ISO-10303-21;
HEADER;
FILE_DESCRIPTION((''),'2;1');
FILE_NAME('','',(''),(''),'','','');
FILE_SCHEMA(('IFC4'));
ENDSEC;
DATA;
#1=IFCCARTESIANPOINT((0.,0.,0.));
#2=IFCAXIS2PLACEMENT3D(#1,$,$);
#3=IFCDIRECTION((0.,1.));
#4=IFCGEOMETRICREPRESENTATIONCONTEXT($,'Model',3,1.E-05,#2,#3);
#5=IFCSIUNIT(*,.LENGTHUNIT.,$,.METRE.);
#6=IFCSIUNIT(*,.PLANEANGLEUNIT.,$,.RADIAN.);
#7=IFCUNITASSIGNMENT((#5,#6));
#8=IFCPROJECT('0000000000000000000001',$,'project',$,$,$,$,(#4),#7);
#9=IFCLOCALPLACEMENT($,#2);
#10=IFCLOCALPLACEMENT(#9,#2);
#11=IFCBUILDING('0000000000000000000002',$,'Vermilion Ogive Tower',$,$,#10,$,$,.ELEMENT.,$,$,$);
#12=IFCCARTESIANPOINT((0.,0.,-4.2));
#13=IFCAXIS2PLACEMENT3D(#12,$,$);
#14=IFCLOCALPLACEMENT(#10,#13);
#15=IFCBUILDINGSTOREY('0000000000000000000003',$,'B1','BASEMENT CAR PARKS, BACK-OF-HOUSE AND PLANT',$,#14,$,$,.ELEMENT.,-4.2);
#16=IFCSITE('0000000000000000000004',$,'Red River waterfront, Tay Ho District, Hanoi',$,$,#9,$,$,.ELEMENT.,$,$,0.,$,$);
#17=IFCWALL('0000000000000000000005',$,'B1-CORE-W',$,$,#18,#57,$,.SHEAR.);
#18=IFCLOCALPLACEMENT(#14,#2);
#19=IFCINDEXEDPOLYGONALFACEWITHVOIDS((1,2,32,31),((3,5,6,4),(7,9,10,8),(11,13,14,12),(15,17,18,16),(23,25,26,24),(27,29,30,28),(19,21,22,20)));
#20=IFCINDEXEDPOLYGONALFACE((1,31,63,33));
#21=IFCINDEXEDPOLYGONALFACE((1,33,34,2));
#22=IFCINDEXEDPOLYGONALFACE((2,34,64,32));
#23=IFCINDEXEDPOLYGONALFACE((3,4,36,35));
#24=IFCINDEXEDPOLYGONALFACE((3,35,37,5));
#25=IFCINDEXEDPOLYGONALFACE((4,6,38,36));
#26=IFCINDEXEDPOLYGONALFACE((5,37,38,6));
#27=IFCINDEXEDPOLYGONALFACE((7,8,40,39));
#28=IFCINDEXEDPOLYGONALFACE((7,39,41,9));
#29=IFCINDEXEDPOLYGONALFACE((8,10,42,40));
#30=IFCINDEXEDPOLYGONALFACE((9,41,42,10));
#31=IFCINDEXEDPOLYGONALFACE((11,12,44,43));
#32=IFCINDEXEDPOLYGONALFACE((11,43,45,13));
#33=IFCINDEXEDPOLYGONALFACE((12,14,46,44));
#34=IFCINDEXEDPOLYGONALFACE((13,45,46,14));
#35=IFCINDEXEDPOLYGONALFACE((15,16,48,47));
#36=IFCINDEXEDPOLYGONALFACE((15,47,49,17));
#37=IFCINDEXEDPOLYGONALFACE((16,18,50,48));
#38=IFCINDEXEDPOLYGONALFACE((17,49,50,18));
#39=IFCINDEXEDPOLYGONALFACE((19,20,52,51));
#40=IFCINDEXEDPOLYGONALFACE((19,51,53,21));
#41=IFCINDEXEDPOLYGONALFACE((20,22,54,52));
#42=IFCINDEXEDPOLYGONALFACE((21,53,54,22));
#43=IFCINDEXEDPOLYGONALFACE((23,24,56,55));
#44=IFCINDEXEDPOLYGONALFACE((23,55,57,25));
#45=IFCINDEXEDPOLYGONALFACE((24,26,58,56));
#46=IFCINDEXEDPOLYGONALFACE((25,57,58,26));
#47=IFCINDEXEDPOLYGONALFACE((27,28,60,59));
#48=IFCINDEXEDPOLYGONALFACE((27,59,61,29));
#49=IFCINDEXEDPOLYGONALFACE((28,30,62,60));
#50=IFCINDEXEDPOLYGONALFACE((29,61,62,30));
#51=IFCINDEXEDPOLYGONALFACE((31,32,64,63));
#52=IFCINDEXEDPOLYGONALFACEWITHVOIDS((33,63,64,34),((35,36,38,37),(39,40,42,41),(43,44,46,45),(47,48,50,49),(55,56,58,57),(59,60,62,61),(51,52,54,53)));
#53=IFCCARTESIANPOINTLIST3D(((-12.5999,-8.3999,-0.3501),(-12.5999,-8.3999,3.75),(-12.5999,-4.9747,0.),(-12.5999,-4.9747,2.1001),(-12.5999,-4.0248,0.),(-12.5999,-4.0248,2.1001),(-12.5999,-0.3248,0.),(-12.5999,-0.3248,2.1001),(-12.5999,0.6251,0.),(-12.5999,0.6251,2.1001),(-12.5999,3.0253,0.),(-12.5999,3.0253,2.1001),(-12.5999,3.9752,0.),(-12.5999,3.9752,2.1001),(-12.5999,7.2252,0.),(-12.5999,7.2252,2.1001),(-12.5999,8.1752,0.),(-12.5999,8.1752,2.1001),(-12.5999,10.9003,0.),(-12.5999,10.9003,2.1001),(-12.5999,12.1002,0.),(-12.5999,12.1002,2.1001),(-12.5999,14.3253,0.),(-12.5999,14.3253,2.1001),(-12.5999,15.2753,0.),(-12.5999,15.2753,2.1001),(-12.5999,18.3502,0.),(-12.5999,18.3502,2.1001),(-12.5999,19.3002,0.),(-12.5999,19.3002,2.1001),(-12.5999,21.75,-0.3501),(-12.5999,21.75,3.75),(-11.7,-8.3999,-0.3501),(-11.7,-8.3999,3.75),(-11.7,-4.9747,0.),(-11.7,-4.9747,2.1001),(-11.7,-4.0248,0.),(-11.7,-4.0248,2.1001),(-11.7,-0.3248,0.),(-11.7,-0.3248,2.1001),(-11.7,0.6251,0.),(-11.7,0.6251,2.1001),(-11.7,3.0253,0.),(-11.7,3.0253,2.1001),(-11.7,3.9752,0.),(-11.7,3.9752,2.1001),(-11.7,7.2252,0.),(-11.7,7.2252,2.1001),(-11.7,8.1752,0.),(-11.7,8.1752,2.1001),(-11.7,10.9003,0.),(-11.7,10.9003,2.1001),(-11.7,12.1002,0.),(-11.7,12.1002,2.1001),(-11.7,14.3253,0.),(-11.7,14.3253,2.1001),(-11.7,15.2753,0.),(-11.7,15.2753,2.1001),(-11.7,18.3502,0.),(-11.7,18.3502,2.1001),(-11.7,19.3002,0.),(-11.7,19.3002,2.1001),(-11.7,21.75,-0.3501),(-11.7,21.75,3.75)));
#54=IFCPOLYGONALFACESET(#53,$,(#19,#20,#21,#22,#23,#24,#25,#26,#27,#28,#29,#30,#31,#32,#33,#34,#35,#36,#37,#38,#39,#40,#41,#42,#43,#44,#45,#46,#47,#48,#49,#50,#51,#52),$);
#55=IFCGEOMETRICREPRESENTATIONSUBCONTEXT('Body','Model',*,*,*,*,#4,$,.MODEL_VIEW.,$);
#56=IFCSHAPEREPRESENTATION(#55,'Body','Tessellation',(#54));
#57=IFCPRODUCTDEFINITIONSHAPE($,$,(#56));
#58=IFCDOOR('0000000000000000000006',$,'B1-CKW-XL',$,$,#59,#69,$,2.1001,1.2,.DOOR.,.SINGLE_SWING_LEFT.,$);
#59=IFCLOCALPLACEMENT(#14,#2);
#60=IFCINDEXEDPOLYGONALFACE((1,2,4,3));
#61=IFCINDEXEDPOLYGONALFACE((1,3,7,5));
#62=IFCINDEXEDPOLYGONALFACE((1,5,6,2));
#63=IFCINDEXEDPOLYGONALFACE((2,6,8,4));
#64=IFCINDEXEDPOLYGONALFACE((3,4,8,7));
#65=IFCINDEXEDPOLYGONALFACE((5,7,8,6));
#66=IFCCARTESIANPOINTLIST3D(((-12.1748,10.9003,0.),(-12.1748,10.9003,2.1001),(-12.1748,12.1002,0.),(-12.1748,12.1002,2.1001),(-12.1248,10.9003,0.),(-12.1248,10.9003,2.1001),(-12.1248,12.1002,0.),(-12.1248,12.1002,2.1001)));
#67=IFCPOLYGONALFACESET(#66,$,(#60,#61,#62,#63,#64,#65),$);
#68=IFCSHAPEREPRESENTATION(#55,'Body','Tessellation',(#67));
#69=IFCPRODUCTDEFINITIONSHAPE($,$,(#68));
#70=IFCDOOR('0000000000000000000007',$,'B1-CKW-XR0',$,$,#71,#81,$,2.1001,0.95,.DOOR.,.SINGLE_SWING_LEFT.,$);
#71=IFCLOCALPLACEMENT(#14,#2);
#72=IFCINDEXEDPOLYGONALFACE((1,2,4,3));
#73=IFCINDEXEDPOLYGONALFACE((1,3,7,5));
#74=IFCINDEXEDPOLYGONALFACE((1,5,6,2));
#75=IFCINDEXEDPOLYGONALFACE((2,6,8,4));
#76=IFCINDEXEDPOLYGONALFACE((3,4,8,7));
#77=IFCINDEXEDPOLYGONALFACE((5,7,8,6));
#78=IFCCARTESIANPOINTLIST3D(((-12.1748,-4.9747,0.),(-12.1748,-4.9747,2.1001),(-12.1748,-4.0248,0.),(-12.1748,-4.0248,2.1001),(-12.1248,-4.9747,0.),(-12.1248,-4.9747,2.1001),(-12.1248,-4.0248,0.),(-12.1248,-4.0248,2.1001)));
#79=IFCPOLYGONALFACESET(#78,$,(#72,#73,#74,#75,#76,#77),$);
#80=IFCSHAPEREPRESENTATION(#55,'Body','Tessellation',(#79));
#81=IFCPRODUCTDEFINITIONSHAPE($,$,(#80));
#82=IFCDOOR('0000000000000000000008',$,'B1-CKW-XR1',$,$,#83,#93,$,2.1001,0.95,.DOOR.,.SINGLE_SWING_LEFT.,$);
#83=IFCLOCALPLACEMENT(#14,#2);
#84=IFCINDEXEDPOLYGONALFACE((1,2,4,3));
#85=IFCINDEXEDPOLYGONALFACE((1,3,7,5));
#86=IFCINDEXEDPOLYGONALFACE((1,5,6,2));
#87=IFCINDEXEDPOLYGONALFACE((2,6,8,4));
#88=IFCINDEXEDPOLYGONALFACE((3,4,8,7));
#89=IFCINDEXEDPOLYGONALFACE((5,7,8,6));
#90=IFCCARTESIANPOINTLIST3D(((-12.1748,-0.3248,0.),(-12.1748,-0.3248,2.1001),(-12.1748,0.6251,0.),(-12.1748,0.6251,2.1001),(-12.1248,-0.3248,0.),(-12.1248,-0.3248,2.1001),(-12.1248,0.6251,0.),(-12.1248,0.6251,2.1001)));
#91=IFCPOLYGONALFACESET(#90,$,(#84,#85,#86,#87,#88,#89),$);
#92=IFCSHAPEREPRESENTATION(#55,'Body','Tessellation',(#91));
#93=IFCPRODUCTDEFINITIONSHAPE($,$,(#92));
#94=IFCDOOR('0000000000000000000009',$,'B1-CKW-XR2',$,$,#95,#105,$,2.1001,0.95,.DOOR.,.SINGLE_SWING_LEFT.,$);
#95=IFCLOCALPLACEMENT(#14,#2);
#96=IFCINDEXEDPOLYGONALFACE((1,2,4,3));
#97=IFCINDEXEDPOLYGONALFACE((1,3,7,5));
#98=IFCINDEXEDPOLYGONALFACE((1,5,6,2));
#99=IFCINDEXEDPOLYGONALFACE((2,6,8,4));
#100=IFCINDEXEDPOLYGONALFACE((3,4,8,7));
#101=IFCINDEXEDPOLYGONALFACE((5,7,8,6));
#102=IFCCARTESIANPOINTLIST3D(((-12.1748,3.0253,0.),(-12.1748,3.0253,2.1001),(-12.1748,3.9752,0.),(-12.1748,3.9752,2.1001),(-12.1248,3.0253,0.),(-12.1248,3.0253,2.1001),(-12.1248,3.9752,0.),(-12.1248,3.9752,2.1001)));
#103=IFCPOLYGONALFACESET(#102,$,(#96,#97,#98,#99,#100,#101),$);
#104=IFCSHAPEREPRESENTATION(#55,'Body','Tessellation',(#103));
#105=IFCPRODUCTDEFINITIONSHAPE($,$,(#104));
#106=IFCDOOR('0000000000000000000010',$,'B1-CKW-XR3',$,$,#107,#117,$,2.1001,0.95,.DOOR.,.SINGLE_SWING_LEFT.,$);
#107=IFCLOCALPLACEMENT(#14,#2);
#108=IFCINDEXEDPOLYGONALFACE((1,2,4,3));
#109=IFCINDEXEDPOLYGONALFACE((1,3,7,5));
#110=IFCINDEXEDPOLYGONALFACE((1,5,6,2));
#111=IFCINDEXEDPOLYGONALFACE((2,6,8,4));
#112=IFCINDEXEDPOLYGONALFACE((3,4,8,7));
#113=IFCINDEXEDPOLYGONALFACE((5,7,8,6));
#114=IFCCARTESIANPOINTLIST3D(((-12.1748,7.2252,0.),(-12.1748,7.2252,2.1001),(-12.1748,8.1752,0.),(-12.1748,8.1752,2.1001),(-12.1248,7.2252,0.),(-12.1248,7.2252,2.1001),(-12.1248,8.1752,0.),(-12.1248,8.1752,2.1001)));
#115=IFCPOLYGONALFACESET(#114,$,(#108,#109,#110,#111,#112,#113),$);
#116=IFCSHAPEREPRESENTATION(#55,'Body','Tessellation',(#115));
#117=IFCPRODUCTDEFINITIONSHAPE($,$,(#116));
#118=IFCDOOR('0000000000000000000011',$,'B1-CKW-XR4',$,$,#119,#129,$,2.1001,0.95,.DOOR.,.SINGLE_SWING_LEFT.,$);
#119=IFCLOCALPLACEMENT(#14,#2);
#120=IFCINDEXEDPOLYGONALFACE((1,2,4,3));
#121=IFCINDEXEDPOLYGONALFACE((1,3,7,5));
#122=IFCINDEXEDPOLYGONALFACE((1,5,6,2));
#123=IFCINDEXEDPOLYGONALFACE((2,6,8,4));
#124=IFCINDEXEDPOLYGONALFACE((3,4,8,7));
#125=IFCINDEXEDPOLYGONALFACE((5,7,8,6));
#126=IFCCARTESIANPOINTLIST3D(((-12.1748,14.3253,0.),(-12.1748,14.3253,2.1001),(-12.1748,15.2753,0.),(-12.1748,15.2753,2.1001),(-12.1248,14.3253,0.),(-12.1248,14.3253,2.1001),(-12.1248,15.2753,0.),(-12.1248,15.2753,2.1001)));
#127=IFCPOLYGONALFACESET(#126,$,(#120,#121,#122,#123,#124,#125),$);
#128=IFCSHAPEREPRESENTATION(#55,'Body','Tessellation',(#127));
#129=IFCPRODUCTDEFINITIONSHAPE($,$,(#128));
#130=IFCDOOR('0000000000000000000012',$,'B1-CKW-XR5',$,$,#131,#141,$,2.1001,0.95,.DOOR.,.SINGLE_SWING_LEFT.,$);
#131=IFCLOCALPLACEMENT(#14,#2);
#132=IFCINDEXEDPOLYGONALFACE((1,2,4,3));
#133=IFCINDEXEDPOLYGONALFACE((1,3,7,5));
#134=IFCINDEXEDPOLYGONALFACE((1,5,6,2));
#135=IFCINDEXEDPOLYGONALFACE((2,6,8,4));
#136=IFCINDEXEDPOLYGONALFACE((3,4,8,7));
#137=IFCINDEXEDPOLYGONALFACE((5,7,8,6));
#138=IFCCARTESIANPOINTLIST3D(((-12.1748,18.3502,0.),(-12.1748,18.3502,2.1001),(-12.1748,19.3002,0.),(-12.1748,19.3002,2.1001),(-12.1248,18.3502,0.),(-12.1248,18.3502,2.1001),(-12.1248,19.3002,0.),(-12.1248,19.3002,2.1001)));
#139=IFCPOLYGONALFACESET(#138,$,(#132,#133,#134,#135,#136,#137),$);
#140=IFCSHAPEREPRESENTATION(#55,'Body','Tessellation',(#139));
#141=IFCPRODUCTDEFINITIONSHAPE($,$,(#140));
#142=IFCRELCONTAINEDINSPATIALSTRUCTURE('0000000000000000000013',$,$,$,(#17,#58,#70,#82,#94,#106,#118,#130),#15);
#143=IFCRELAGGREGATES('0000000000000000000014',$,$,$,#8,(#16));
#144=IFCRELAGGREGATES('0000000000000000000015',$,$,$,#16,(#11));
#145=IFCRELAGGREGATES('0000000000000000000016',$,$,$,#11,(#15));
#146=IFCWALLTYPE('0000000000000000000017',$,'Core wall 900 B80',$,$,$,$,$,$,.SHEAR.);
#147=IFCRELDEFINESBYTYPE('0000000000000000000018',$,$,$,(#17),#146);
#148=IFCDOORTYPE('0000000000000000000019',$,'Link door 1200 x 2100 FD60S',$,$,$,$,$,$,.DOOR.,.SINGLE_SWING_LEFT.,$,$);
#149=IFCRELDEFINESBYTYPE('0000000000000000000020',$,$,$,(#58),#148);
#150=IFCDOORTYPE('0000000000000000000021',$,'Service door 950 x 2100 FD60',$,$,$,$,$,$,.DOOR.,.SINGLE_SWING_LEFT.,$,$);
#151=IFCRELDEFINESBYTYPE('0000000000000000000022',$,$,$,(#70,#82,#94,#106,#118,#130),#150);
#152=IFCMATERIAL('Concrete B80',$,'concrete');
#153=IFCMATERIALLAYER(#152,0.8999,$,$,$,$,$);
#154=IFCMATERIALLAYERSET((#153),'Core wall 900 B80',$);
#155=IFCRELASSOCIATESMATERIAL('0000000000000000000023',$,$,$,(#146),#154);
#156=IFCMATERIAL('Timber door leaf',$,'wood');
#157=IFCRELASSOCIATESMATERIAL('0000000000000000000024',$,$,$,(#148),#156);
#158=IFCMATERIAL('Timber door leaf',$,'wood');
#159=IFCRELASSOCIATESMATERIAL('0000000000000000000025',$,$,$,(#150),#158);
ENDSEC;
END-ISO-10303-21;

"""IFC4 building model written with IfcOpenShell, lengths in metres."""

from ifc_helpers import new_model, si_unit, direction, frame, frame_2d, origin, place, context, subcontext, project, spatial, rectangle, extrude, material, layer, layer_set, type_object, element, fill, save


model = new_model("IFC4")

# Units and contexts
model_context = context("Model", 3, precision=1e-05, world=origin(), true_north=direction((0.0, 1.0)))
body_context = subcontext(model_context, "Body", "Model", "MODEL_VIEW")
ifc_project = project(units=[si_unit("LENGTHUNIT", "METRE"), si_unit("PLANEANGLEUNIT", "RADIAN")], contexts=[model_context])

# Site, building, storey
site_placement = place(None, origin())
site = spatial("IfcSite", under=ifc_project, at=site_placement, Name="Red River waterfront, Tay Ho District, Hanoi", CompositionType="ELEMENT", RefElevation=0.0)
building_placement = place(site_placement, origin())
building = spatial("IfcBuilding", under=site, at=building_placement, Name="Vermilion Ogive Tower", CompositionType="ELEMENT")
storey_placement = place(building_placement, frame((0.0, 0.0, -4.2)))
storey = spatial("IfcBuildingStorey", under=building, at=storey_placement, Name="B1", Description="BASEMENT CAR PARKS, BACK-OF-HOUSE AND PLANT", CompositionType="ELEMENT", Elevation=-4.2)

# Wall, openings, doors
ifc_material_1 = material(Name="Concrete B80", Category="concrete")
ifc_layer_1 = layer(ifc_material_1, 0.8999)
ifc_layer_set_1 = layer_set([ifc_layer_1], Name="Core wall 900 B80")
wall_type_1 = type_object("IfcWallType", Name="Core wall 900 B80", PredefinedType="SHEAR", material=ifc_layer_set_1)
wall_1_placement = place(storey_placement, frame((-12.1499, -8.3999, -0.3501), z_axis=(0.0, 0.0, 1.0), x_axis=(0.0, 1.0, 0.0)))
wall_1 = element("IfcWall", 1, at=wall_1_placement, inside=storey, type_object=wall_type_1, Name="B1-CORE-W", PredefinedType="SHEAR", context=body_context, shape_type="SweptSolid", body=[
    extrude(rectangle(XDim=30.1499, YDim=0.8999, at=frame_2d((15.075, 0.0))), origin(), (0.0, 0.0, 1.0), 4.1001),
])
opening_1_placement = place(wall_1_placement, frame((3.425, 0.0, 0.3501)))
opening_1 = element("IfcOpeningElement", 2, at=opening_1_placement, cuts=wall_1, PredefinedType="OPENING", context=body_context, shape_type="SweptSolid", body=[
    extrude(rectangle(XDim=0.95, YDim=2.1001, at=frame_2d((0.4751, 1.05))), frame((0.0, 0.46, 0.0), z_axis=(0.0, -1.0, 0.0), x_axis=(1.0, 0.0, 0.0)), (0.0, 0.0, 1.0), 0.9199),
])
opening_2_placement = place(wall_1_placement, frame((8.075, 0.0, 0.3501)))
opening_2 = element("IfcOpeningElement", 3, at=opening_2_placement, cuts=wall_1, PredefinedType="OPENING", context=body_context, shape_type="SweptSolid", body=[
    extrude(rectangle(XDim=0.95, YDim=2.1001, at=frame_2d((0.4751, 1.05))), frame((0.0, 0.46, 0.0), z_axis=(0.0, -1.0, 0.0), x_axis=(1.0, 0.0, 0.0)), (0.0, 0.0, 1.0), 0.9199),
])
opening_3_placement = place(wall_1_placement, frame((11.425, 0.0, 0.3501)))
opening_3 = element("IfcOpeningElement", 4, at=opening_3_placement, cuts=wall_1, PredefinedType="OPENING", context=body_context, shape_type="SweptSolid", body=[
    extrude(rectangle(XDim=0.95, YDim=2.1001, at=frame_2d((0.4751, 1.05))), frame((0.0, 0.46, 0.0), z_axis=(0.0, -1.0, 0.0), x_axis=(1.0, 0.0, 0.0)), (0.0, 0.0, 1.0), 0.9199),
])
opening_4_placement = place(wall_1_placement, frame((15.625, 0.0, 0.3501)))
opening_4 = element("IfcOpeningElement", 5, at=opening_4_placement, cuts=wall_1, PredefinedType="OPENING", context=body_context, shape_type="SweptSolid", body=[
    extrude(rectangle(XDim=0.95, YDim=2.1001, at=frame_2d((0.4751, 1.05))), frame((0.0, 0.46, 0.0), z_axis=(0.0, -1.0, 0.0), x_axis=(1.0, 0.0, 0.0)), (0.0, 0.0, 1.0), 0.9199),
])
opening_5_placement = place(wall_1_placement, frame((22.7251, 0.0, 0.3501)))
opening_5 = element("IfcOpeningElement", 6, at=opening_5_placement, cuts=wall_1, PredefinedType="OPENING", context=body_context, shape_type="SweptSolid", body=[
    extrude(rectangle(XDim=0.95, YDim=2.1001, at=frame_2d((0.4751, 1.05))), frame((0.0, 0.46, 0.0), z_axis=(0.0, -1.0, 0.0), x_axis=(1.0, 0.0, 0.0)), (0.0, 0.0, 1.0), 0.9199),
])
opening_6_placement = place(wall_1_placement, frame((26.75, 0.0, 0.3501)))
opening_6 = element("IfcOpeningElement", 7, at=opening_6_placement, cuts=wall_1, PredefinedType="OPENING", context=body_context, shape_type="SweptSolid", body=[
    extrude(rectangle(XDim=0.95, YDim=2.1001, at=frame_2d((0.4751, 1.05))), frame((0.0, 0.46, 0.0), z_axis=(0.0, -1.0, 0.0), x_axis=(1.0, 0.0, 0.0)), (0.0, 0.0, 1.0), 0.9199),
])
opening_7_placement = place(wall_1_placement, frame((19.3, 0.0, 0.3501)))
opening_7 = element("IfcOpeningElement", 8, at=opening_7_placement, cuts=wall_1, PredefinedType="OPENING", context=body_context, shape_type="SweptSolid", body=[
    extrude(rectangle(XDim=1.2, YDim=2.1001, at=frame_2d((0.6001, 1.05))), frame((0.0, 0.46, 0.0), z_axis=(0.0, -1.0, 0.0), x_axis=(1.0, 0.0, 0.0)), (0.0, 0.0, 1.0), 0.9199),
])
ifc_material_2 = material(Name="Timber door leaf", Category="wood")
door_type_1 = type_object("IfcDoorType", Name="Link door 1200 x 2100 FD60S", OperationType="SINGLE_SWING_LEFT", PredefinedType="DOOR", material=ifc_material_2)
door_1_placement = place(opening_7_placement, origin())
door_1 = element("IfcDoor", 9, at=door_1_placement, inside=storey, type_object=door_type_1, Name="B1-CKW-XL", OperationType="SINGLE_SWING_LEFT", OverallHeight=2.1001, OverallWidth=1.2, PredefinedType="DOOR", context=body_context, shape_type="SweptSolid", body=[
    extrude(rectangle(XDim=1.2, YDim=2.1001, at=frame_2d((0.6001, 1.05))), frame((0.0, 0.0249, 0.0), z_axis=(0.0, -1.0, 0.0), x_axis=(1.0, 0.0, 0.0)), (0.0, 0.0, 1.0), 0.05),
])
fill(opening_7, door_1)
ifc_material_3 = material(Name="Timber door leaf", Category="wood")
door_type_2 = type_object("IfcDoorType", Name="Service door 950 x 2100 FD60", OperationType="SINGLE_SWING_LEFT", PredefinedType="DOOR", material=ifc_material_3)
door_2_placement = place(opening_1_placement, origin())
door_2 = element("IfcDoor", 10, at=door_2_placement, inside=storey, type_object=door_type_2, Name="B1-CKW-XR0", OperationType="SINGLE_SWING_LEFT", OverallHeight=2.1001, OverallWidth=0.95, PredefinedType="DOOR", context=body_context, shape_type="SweptSolid", body=[
    extrude(rectangle(XDim=0.95, YDim=2.1001, at=frame_2d((0.4751, 1.05))), frame((0.0, 0.0249, 0.0), z_axis=(0.0, -1.0, 0.0), x_axis=(1.0, 0.0, 0.0)), (0.0, 0.0, 1.0), 0.05),
])
fill(opening_1, door_2)
door_3_placement = place(opening_2_placement, origin())
door_3 = element("IfcDoor", 11, at=door_3_placement, inside=storey, type_object=door_type_2, Name="B1-CKW-XR1", OperationType="SINGLE_SWING_LEFT", OverallHeight=2.1001, OverallWidth=0.95, PredefinedType="DOOR", context=body_context, shape_type="SweptSolid", body=[
    extrude(rectangle(XDim=0.95, YDim=2.1001, at=frame_2d((0.4751, 1.05))), frame((0.0, 0.0249, 0.0), z_axis=(0.0, -1.0, 0.0), x_axis=(1.0, 0.0, 0.0)), (0.0, 0.0, 1.0), 0.05),
])
fill(opening_2, door_3)
door_4_placement = place(opening_3_placement, origin())
door_4 = element("IfcDoor", 12, at=door_4_placement, inside=storey, type_object=door_type_2, Name="B1-CKW-XR2", OperationType="SINGLE_SWING_LEFT", OverallHeight=2.1001, OverallWidth=0.95, PredefinedType="DOOR", context=body_context, shape_type="SweptSolid", body=[
    extrude(rectangle(XDim=0.95, YDim=2.1001, at=frame_2d((0.4751, 1.05))), frame((0.0, 0.0249, 0.0), z_axis=(0.0, -1.0, 0.0), x_axis=(1.0, 0.0, 0.0)), (0.0, 0.0, 1.0), 0.05),
])
fill(opening_3, door_4)
door_5_placement = place(opening_4_placement, origin())
door_5 = element("IfcDoor", 13, at=door_5_placement, inside=storey, type_object=door_type_2, Name="B1-CKW-XR3", OperationType="SINGLE_SWING_LEFT", OverallHeight=2.1001, OverallWidth=0.95, PredefinedType="DOOR", context=body_context, shape_type="SweptSolid", body=[
    extrude(rectangle(XDim=0.95, YDim=2.1001, at=frame_2d((0.4751, 1.05))), frame((0.0, 0.0249, 0.0), z_axis=(0.0, -1.0, 0.0), x_axis=(1.0, 0.0, 0.0)), (0.0, 0.0, 1.0), 0.05),
])
fill(opening_4, door_5)
door_6_placement = place(opening_5_placement, origin())
door_6 = element("IfcDoor", 14, at=door_6_placement, inside=storey, type_object=door_type_2, Name="B1-CKW-XR4", OperationType="SINGLE_SWING_LEFT", OverallHeight=2.1001, OverallWidth=0.95, PredefinedType="DOOR", context=body_context, shape_type="SweptSolid", body=[
    extrude(rectangle(XDim=0.95, YDim=2.1001, at=frame_2d((0.4751, 1.05))), frame((0.0, 0.0249, 0.0), z_axis=(0.0, -1.0, 0.0), x_axis=(1.0, 0.0, 0.0)), (0.0, 0.0, 1.0), 0.05),
])
fill(opening_5, door_6)
door_7_placement = place(opening_6_placement, origin())
door_7 = element("IfcDoor", 15, at=door_7_placement, inside=storey, type_object=door_type_2, Name="B1-CKW-XR5", OperationType="SINGLE_SWING_LEFT", OverallHeight=2.1001, OverallWidth=0.95, PredefinedType="DOOR", context=body_context, shape_type="SweptSolid", body=[
    extrude(rectangle(XDim=0.95, YDim=2.1001, at=frame_2d((0.4751, 1.05))), frame((0.0, 0.0249, 0.0), z_axis=(0.0, -1.0, 0.0), x_axis=(1.0, 0.0, 0.0)), (0.0, 0.0, 1.0), 0.05),
])
fill(opening_6, door_7)

save(model, "model.ifc")
